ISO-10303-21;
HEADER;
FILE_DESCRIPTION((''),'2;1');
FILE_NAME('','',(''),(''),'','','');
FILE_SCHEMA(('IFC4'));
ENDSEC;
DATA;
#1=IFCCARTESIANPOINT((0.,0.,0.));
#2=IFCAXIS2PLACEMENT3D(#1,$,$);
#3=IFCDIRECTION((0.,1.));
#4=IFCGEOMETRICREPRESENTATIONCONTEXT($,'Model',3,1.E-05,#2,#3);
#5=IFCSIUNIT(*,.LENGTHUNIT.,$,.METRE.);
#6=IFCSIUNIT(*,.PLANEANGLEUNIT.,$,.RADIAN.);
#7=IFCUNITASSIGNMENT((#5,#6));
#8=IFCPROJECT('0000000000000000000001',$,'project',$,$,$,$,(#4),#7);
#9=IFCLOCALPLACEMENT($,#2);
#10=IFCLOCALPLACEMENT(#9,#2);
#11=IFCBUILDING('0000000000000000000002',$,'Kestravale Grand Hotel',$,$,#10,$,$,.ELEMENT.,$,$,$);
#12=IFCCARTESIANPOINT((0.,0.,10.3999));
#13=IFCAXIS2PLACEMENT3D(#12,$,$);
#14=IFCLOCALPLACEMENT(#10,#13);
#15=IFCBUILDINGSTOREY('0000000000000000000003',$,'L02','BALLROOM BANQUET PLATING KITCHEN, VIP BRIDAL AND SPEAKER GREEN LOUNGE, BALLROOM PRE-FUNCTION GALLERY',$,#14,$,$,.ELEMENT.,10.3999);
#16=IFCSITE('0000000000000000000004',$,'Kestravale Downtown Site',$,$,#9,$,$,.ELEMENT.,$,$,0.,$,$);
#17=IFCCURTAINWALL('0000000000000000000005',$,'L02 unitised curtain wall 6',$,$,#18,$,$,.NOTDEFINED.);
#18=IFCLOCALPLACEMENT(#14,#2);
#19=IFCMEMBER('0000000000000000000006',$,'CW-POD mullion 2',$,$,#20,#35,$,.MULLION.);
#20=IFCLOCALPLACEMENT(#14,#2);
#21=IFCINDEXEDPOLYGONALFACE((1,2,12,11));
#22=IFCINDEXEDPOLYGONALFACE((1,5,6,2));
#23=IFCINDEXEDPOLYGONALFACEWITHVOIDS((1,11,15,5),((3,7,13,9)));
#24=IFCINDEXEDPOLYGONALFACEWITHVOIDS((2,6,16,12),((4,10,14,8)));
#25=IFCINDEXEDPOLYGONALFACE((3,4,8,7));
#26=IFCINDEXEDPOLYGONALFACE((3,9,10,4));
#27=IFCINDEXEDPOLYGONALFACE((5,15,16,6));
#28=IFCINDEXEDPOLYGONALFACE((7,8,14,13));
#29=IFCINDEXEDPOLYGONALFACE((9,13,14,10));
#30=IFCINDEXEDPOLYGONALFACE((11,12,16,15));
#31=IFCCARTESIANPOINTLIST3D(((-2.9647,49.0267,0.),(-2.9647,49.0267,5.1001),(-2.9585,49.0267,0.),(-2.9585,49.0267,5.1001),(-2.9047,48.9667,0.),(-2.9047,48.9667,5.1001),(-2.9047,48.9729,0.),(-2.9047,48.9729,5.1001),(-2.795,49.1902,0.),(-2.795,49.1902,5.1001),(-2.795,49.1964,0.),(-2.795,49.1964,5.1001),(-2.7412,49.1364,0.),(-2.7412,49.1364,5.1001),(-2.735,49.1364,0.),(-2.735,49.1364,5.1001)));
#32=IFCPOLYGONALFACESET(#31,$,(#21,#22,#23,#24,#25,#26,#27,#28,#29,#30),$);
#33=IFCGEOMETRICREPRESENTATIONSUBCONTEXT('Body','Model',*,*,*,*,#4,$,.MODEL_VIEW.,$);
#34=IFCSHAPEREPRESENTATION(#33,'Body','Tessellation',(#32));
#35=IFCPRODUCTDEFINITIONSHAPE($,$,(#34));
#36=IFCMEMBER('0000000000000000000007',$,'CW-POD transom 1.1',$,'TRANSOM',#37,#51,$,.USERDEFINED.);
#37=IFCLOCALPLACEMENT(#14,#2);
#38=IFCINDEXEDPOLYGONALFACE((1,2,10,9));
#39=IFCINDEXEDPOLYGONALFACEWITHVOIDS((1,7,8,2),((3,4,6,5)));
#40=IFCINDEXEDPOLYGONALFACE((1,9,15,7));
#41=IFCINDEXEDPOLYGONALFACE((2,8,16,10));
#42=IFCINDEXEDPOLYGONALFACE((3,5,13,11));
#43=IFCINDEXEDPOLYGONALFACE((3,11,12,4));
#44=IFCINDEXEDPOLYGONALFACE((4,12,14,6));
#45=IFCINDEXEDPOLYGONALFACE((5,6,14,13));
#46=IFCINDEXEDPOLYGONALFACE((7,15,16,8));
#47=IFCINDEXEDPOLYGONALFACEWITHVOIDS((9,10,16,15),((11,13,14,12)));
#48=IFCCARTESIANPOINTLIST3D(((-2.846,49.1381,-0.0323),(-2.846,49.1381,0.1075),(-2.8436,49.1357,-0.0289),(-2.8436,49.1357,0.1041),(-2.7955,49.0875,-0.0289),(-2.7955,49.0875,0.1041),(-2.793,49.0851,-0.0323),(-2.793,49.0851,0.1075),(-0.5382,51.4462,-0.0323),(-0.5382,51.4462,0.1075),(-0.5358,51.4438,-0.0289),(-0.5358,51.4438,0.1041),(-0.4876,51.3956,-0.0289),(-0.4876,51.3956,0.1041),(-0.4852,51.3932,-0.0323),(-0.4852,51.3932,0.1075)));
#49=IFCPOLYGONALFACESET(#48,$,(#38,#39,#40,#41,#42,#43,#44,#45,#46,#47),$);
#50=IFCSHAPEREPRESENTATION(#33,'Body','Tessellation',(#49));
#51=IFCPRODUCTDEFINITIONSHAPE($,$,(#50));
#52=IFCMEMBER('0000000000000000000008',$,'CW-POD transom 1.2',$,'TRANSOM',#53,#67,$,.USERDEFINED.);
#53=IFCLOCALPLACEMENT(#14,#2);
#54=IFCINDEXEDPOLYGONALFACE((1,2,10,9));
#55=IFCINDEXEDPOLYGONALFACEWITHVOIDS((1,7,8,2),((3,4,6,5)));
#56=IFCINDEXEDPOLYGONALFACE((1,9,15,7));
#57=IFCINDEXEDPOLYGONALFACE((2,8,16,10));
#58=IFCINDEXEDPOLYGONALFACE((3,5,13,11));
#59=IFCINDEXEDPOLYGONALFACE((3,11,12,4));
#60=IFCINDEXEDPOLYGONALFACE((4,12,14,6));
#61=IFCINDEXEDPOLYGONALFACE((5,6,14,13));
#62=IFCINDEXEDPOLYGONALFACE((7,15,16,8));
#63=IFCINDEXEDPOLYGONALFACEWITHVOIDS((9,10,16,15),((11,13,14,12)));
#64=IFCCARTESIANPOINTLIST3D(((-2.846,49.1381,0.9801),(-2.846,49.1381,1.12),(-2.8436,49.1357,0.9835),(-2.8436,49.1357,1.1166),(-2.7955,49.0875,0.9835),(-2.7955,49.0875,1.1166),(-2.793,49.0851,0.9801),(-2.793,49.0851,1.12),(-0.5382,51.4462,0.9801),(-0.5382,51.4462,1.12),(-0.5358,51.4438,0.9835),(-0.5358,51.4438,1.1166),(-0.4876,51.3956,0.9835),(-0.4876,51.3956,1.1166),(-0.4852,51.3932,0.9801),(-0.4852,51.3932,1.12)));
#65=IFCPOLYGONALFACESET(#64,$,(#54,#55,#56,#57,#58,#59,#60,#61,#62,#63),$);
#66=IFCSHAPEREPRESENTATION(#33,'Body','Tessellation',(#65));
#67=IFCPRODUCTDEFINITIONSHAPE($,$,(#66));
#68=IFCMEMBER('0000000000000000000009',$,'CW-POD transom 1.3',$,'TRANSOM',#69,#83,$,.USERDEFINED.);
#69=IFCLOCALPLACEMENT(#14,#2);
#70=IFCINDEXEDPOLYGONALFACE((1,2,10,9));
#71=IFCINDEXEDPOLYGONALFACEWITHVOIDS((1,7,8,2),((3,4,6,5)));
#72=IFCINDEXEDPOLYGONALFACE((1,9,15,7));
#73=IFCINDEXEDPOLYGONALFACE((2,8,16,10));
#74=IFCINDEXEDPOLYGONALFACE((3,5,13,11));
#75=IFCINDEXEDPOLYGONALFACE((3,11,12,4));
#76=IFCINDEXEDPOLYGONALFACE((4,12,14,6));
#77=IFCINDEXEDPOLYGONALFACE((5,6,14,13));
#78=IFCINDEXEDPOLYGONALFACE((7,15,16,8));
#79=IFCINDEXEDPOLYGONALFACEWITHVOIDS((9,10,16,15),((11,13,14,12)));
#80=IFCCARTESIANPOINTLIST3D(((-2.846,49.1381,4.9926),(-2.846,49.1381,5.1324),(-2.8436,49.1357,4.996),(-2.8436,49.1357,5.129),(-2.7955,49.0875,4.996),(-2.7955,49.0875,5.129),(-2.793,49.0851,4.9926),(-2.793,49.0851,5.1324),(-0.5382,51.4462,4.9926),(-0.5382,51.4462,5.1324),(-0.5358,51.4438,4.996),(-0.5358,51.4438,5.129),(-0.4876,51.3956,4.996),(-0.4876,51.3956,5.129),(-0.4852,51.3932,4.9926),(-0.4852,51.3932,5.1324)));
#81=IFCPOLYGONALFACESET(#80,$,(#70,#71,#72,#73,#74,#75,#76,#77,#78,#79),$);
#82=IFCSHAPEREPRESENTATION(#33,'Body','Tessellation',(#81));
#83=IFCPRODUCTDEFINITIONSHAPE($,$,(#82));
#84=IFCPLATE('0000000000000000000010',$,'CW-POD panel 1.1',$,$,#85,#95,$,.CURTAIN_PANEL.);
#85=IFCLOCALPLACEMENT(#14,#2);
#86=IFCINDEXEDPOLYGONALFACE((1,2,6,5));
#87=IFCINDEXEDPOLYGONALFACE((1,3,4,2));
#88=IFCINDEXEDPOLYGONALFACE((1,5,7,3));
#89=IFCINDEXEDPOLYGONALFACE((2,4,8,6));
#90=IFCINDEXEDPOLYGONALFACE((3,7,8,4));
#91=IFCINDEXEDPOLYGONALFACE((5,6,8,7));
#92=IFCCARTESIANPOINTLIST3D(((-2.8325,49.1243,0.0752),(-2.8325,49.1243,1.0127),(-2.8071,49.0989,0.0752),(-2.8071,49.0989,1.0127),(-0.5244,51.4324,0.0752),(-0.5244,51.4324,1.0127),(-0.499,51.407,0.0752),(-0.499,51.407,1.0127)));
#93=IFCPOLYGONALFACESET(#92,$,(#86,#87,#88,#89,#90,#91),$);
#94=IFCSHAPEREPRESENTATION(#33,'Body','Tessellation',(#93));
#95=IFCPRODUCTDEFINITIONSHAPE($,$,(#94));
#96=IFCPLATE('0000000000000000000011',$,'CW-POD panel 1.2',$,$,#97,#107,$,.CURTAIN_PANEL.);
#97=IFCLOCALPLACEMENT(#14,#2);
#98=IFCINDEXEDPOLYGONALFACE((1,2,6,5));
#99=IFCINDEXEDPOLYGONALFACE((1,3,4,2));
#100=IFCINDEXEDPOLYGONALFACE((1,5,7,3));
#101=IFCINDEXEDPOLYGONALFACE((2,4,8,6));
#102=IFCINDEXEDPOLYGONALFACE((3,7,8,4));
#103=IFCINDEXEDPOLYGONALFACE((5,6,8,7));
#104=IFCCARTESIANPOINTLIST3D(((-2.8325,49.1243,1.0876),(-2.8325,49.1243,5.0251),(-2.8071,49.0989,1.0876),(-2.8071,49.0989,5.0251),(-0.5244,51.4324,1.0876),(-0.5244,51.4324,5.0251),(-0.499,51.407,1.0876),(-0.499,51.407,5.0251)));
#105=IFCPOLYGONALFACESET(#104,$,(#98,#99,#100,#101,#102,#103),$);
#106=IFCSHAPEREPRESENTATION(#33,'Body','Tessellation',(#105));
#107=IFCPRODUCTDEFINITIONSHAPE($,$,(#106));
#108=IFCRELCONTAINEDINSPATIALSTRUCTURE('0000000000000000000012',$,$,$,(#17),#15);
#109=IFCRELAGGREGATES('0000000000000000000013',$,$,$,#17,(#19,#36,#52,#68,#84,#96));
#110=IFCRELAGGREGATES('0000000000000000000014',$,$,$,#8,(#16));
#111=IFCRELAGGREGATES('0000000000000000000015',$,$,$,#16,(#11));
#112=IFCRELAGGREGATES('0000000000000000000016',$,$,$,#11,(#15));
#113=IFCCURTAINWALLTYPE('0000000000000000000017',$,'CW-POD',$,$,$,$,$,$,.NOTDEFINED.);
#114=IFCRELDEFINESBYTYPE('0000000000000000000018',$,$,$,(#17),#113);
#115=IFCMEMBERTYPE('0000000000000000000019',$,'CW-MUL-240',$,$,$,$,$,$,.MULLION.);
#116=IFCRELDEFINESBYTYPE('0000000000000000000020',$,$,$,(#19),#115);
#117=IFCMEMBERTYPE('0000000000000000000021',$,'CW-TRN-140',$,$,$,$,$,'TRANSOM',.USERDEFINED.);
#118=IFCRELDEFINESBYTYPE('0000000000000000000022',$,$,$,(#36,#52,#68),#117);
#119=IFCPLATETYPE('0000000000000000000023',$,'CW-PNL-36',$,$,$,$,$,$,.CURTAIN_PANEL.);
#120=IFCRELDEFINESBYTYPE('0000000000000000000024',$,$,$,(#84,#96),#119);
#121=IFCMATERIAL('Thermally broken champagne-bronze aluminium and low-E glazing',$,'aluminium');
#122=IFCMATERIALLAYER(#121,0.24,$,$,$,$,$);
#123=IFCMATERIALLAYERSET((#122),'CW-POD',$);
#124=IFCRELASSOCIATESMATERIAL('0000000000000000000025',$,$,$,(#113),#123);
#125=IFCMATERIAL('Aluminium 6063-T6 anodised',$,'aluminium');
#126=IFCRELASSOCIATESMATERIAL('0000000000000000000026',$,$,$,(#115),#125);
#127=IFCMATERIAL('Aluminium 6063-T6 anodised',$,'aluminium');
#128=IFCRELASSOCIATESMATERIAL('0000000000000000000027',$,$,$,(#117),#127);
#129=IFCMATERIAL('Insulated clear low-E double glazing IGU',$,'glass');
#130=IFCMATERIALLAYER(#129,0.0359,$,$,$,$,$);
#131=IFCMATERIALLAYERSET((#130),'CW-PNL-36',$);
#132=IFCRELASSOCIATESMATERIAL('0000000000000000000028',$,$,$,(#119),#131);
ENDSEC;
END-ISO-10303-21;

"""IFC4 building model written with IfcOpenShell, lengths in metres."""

from ifc_helpers import new_model, si_unit, direction, frame, origin, origin_2d, place, context, subcontext, project, spatial, rectangle, hollow_rectangle, extrude, material, layer, layer_set, material_profile, profile_set, type_object, element, aggregate, save


model = new_model("IFC4")

# Units and contexts
model_context = context("Model", 3, precision=1e-05, world=origin(), true_north=direction((0.0, 1.0)))
body_context = subcontext(model_context, "Body", "Model", "MODEL_VIEW")
ifc_project = project(units=[si_unit("LENGTHUNIT", "METRE"), si_unit("PLANEANGLEUNIT", "RADIAN")], contexts=[model_context])

# Site, building, storey
site_placement = place(None, origin())
site = spatial("IfcSite", under=ifc_project, at=site_placement, Name="Kestravale Downtown Site", CompositionType="ELEMENT", RefElevation=0.0)
building_placement = place(site_placement, origin())
building = spatial("IfcBuilding", under=site, at=building_placement, Name="Kestravale Grand Hotel", CompositionType="ELEMENT")
storey_placement = place(building_placement, frame((0.0, 0.0, 10.3999)))
storey = spatial("IfcBuildingStorey", under=building, at=storey_placement, Name="L02", Description="BALLROOM BANQUET PLATING KITCHEN, VIP BRIDAL AND SPEAKER GREEN LOUNGE, BALLROOM PRE-FUNCTION GALLERY", CompositionType="ELEMENT", Elevation=10.3999)

# Curtain wall, members, plates
ifc_material_1 = material(Name="Thermally broken champagne-bronze aluminium and low-E glazing", Category="aluminium")
ifc_layer_1 = layer(ifc_material_1, 0.24)
ifc_layer_set_1 = layer_set([ifc_layer_1], Name="CW-POD")
curtain_wall_type = type_object("IfcCurtainWallType", Name="CW-POD", PredefinedType="NOTDEFINED", material=ifc_layer_set_1)
curtain_wall_placement = place(storey_placement, origin())
curtain_wall = element("IfcCurtainWall", 1, at=curtain_wall_placement, inside=storey, type_object=curtain_wall_type, Name="L02 unitised curtain wall 6", PredefinedType="NOTDEFINED")
ifc_material_2 = material(Name="Aluminium 6063-T6 anodised", Category="aluminium")
ifc_material_profile_1 = material_profile(ifc_material_2, hollow_rectangle(XDim=0.085, YDim=0.24, WallThickness=0.0044, at=origin_2d()))
ifc_profile_set_1 = profile_set([ifc_material_profile_1], Name="Aluminium 6063-T6 anodised")
member_type_1 = type_object("IfcMemberType", Name="CW-MUL-240", PredefinedType="MULLION", material=ifc_profile_set_1)
member_1_placement = place(storey_placement, frame((-2.8499, 49.0815, 0.0), z_axis=(0.0, 0.0, 1.0), x_axis=(0.707107, -0.707107, 0.0)))
member_1 = element("IfcMember", 2, at=member_1_placement, type_object=member_type_1, Name="CW-POD mullion 2", PredefinedType="MULLION", context=body_context, shape_type="SweptSolid", body=[
    extrude(hollow_rectangle(XDim=0.085, YDim=0.24, WallThickness=0.0044, at=origin_2d()), origin(), (0.0, 0.0, 1.0), 5.1001),
])
ifc_material_3 = material(Name="Aluminium 6063-T6 anodised", Category="aluminium")
ifc_material_profile_2 = material_profile(ifc_material_3, hollow_rectangle(XDim=0.075, YDim=0.1399, WallThickness=0.0034, at=origin_2d()))
ifc_profile_set_2 = profile_set([ifc_material_profile_2], Name="Aluminium 6063-T6 anodised")
member_type_2 = type_object("IfcMemberType", Name="CW-TRN-140", ElementType="TRANSOM", PredefinedType="USERDEFINED", material=ifc_profile_set_2)
member_2_placement = place(storey_placement, frame((-0.5117, 51.4197, 0.0376), z_axis=(-0.707069, -0.707144, 0.0), x_axis=(0.707144, -0.707069, 0.0)))
member_2 = element("IfcMember", 3, at=member_2_placement, type_object=member_type_2, Name="CW-POD transom 1.1", ObjectType="TRANSOM", PredefinedType="USERDEFINED", context=body_context, shape_type="SweptSolid", body=[
    extrude(hollow_rectangle(XDim=0.075, YDim=0.1399, WallThickness=0.0034, at=origin_2d()), origin(), (0.0, 0.0, 1.0), 3.2639),
])
member_3_placement = place(storey_placement, frame((-0.5117, 51.4197, 1.05), z_axis=(-0.707069, -0.707144, 0.0), x_axis=(0.707144, -0.707069, 0.0)))
member_3 = element("IfcMember", 4, at=member_3_placement, type_object=member_type_2, Name="CW-POD transom 1.2", ObjectType="TRANSOM", PredefinedType="USERDEFINED", context=body_context, shape_type="SweptSolid", body=[
    extrude(hollow_rectangle(XDim=0.075, YDim=0.1399, WallThickness=0.0034, at=origin_2d()), origin(), (0.0, 0.0, 1.0), 3.2639),
])
member_4_placement = place(storey_placement, frame((-0.5117, 51.4197, 5.0625), z_axis=(-0.707069, -0.707144, 0.0), x_axis=(0.707144, -0.707069, 0.0)))
member_4 = element("IfcMember", 5, at=member_4_placement, type_object=member_type_2, Name="CW-POD transom 1.3", ObjectType="TRANSOM", PredefinedType="USERDEFINED", context=body_context, shape_type="SweptSolid", body=[
    extrude(hollow_rectangle(XDim=0.075, YDim=0.1399, WallThickness=0.0034, at=origin_2d()), origin(), (0.0, 0.0, 1.0), 3.2639),
])
ifc_material_4 = material(Name="Insulated clear low-E double glazing IGU", Category="glass")
ifc_layer_2 = layer(ifc_material_4, 0.0359)
ifc_layer_set_2 = layer_set([ifc_layer_2], Name="CW-PNL-36")
plate_type = type_object("IfcPlateType", Name="CW-PNL-36", PredefinedType="CURTAIN_PANEL", material=ifc_layer_set_2)
plate_1_placement = place(storey_placement, frame((-1.6658, 50.2656, 0.0752), z_axis=(0.0, 0.0, 1.0), x_axis=(-0.707107, -0.707107, 0.0)))
plate_1 = element("IfcPlate", 6, at=plate_1_placement, type_object=plate_type, Name="CW-POD panel 1.1", PredefinedType="CURTAIN_PANEL", context=body_context, shape_type="SweptSolid", body=[
    extrude(rectangle(XDim=3.2642, YDim=0.0359, at=origin_2d()), origin(), (0.0, 0.0, 1.0), 0.9375),
])
plate_2_placement = place(storey_placement, frame((-1.6658, 50.2656, 1.0876), z_axis=(0.0, 0.0, 1.0), x_axis=(-0.707107, -0.707107, 0.0)))
plate_2 = element("IfcPlate", 7, at=plate_2_placement, type_object=plate_type, Name="CW-POD panel 1.2", PredefinedType="CURTAIN_PANEL", context=body_context, shape_type="SweptSolid", body=[
    extrude(rectangle(XDim=3.2642, YDim=0.0359, at=origin_2d()), origin(), (0.0, 0.0, 1.0), 3.9375),
])
aggregate(curtain_wall, [member_1, member_2, member_3, member_4, plate_1, plate_2])

save(model, "model.ifc")
